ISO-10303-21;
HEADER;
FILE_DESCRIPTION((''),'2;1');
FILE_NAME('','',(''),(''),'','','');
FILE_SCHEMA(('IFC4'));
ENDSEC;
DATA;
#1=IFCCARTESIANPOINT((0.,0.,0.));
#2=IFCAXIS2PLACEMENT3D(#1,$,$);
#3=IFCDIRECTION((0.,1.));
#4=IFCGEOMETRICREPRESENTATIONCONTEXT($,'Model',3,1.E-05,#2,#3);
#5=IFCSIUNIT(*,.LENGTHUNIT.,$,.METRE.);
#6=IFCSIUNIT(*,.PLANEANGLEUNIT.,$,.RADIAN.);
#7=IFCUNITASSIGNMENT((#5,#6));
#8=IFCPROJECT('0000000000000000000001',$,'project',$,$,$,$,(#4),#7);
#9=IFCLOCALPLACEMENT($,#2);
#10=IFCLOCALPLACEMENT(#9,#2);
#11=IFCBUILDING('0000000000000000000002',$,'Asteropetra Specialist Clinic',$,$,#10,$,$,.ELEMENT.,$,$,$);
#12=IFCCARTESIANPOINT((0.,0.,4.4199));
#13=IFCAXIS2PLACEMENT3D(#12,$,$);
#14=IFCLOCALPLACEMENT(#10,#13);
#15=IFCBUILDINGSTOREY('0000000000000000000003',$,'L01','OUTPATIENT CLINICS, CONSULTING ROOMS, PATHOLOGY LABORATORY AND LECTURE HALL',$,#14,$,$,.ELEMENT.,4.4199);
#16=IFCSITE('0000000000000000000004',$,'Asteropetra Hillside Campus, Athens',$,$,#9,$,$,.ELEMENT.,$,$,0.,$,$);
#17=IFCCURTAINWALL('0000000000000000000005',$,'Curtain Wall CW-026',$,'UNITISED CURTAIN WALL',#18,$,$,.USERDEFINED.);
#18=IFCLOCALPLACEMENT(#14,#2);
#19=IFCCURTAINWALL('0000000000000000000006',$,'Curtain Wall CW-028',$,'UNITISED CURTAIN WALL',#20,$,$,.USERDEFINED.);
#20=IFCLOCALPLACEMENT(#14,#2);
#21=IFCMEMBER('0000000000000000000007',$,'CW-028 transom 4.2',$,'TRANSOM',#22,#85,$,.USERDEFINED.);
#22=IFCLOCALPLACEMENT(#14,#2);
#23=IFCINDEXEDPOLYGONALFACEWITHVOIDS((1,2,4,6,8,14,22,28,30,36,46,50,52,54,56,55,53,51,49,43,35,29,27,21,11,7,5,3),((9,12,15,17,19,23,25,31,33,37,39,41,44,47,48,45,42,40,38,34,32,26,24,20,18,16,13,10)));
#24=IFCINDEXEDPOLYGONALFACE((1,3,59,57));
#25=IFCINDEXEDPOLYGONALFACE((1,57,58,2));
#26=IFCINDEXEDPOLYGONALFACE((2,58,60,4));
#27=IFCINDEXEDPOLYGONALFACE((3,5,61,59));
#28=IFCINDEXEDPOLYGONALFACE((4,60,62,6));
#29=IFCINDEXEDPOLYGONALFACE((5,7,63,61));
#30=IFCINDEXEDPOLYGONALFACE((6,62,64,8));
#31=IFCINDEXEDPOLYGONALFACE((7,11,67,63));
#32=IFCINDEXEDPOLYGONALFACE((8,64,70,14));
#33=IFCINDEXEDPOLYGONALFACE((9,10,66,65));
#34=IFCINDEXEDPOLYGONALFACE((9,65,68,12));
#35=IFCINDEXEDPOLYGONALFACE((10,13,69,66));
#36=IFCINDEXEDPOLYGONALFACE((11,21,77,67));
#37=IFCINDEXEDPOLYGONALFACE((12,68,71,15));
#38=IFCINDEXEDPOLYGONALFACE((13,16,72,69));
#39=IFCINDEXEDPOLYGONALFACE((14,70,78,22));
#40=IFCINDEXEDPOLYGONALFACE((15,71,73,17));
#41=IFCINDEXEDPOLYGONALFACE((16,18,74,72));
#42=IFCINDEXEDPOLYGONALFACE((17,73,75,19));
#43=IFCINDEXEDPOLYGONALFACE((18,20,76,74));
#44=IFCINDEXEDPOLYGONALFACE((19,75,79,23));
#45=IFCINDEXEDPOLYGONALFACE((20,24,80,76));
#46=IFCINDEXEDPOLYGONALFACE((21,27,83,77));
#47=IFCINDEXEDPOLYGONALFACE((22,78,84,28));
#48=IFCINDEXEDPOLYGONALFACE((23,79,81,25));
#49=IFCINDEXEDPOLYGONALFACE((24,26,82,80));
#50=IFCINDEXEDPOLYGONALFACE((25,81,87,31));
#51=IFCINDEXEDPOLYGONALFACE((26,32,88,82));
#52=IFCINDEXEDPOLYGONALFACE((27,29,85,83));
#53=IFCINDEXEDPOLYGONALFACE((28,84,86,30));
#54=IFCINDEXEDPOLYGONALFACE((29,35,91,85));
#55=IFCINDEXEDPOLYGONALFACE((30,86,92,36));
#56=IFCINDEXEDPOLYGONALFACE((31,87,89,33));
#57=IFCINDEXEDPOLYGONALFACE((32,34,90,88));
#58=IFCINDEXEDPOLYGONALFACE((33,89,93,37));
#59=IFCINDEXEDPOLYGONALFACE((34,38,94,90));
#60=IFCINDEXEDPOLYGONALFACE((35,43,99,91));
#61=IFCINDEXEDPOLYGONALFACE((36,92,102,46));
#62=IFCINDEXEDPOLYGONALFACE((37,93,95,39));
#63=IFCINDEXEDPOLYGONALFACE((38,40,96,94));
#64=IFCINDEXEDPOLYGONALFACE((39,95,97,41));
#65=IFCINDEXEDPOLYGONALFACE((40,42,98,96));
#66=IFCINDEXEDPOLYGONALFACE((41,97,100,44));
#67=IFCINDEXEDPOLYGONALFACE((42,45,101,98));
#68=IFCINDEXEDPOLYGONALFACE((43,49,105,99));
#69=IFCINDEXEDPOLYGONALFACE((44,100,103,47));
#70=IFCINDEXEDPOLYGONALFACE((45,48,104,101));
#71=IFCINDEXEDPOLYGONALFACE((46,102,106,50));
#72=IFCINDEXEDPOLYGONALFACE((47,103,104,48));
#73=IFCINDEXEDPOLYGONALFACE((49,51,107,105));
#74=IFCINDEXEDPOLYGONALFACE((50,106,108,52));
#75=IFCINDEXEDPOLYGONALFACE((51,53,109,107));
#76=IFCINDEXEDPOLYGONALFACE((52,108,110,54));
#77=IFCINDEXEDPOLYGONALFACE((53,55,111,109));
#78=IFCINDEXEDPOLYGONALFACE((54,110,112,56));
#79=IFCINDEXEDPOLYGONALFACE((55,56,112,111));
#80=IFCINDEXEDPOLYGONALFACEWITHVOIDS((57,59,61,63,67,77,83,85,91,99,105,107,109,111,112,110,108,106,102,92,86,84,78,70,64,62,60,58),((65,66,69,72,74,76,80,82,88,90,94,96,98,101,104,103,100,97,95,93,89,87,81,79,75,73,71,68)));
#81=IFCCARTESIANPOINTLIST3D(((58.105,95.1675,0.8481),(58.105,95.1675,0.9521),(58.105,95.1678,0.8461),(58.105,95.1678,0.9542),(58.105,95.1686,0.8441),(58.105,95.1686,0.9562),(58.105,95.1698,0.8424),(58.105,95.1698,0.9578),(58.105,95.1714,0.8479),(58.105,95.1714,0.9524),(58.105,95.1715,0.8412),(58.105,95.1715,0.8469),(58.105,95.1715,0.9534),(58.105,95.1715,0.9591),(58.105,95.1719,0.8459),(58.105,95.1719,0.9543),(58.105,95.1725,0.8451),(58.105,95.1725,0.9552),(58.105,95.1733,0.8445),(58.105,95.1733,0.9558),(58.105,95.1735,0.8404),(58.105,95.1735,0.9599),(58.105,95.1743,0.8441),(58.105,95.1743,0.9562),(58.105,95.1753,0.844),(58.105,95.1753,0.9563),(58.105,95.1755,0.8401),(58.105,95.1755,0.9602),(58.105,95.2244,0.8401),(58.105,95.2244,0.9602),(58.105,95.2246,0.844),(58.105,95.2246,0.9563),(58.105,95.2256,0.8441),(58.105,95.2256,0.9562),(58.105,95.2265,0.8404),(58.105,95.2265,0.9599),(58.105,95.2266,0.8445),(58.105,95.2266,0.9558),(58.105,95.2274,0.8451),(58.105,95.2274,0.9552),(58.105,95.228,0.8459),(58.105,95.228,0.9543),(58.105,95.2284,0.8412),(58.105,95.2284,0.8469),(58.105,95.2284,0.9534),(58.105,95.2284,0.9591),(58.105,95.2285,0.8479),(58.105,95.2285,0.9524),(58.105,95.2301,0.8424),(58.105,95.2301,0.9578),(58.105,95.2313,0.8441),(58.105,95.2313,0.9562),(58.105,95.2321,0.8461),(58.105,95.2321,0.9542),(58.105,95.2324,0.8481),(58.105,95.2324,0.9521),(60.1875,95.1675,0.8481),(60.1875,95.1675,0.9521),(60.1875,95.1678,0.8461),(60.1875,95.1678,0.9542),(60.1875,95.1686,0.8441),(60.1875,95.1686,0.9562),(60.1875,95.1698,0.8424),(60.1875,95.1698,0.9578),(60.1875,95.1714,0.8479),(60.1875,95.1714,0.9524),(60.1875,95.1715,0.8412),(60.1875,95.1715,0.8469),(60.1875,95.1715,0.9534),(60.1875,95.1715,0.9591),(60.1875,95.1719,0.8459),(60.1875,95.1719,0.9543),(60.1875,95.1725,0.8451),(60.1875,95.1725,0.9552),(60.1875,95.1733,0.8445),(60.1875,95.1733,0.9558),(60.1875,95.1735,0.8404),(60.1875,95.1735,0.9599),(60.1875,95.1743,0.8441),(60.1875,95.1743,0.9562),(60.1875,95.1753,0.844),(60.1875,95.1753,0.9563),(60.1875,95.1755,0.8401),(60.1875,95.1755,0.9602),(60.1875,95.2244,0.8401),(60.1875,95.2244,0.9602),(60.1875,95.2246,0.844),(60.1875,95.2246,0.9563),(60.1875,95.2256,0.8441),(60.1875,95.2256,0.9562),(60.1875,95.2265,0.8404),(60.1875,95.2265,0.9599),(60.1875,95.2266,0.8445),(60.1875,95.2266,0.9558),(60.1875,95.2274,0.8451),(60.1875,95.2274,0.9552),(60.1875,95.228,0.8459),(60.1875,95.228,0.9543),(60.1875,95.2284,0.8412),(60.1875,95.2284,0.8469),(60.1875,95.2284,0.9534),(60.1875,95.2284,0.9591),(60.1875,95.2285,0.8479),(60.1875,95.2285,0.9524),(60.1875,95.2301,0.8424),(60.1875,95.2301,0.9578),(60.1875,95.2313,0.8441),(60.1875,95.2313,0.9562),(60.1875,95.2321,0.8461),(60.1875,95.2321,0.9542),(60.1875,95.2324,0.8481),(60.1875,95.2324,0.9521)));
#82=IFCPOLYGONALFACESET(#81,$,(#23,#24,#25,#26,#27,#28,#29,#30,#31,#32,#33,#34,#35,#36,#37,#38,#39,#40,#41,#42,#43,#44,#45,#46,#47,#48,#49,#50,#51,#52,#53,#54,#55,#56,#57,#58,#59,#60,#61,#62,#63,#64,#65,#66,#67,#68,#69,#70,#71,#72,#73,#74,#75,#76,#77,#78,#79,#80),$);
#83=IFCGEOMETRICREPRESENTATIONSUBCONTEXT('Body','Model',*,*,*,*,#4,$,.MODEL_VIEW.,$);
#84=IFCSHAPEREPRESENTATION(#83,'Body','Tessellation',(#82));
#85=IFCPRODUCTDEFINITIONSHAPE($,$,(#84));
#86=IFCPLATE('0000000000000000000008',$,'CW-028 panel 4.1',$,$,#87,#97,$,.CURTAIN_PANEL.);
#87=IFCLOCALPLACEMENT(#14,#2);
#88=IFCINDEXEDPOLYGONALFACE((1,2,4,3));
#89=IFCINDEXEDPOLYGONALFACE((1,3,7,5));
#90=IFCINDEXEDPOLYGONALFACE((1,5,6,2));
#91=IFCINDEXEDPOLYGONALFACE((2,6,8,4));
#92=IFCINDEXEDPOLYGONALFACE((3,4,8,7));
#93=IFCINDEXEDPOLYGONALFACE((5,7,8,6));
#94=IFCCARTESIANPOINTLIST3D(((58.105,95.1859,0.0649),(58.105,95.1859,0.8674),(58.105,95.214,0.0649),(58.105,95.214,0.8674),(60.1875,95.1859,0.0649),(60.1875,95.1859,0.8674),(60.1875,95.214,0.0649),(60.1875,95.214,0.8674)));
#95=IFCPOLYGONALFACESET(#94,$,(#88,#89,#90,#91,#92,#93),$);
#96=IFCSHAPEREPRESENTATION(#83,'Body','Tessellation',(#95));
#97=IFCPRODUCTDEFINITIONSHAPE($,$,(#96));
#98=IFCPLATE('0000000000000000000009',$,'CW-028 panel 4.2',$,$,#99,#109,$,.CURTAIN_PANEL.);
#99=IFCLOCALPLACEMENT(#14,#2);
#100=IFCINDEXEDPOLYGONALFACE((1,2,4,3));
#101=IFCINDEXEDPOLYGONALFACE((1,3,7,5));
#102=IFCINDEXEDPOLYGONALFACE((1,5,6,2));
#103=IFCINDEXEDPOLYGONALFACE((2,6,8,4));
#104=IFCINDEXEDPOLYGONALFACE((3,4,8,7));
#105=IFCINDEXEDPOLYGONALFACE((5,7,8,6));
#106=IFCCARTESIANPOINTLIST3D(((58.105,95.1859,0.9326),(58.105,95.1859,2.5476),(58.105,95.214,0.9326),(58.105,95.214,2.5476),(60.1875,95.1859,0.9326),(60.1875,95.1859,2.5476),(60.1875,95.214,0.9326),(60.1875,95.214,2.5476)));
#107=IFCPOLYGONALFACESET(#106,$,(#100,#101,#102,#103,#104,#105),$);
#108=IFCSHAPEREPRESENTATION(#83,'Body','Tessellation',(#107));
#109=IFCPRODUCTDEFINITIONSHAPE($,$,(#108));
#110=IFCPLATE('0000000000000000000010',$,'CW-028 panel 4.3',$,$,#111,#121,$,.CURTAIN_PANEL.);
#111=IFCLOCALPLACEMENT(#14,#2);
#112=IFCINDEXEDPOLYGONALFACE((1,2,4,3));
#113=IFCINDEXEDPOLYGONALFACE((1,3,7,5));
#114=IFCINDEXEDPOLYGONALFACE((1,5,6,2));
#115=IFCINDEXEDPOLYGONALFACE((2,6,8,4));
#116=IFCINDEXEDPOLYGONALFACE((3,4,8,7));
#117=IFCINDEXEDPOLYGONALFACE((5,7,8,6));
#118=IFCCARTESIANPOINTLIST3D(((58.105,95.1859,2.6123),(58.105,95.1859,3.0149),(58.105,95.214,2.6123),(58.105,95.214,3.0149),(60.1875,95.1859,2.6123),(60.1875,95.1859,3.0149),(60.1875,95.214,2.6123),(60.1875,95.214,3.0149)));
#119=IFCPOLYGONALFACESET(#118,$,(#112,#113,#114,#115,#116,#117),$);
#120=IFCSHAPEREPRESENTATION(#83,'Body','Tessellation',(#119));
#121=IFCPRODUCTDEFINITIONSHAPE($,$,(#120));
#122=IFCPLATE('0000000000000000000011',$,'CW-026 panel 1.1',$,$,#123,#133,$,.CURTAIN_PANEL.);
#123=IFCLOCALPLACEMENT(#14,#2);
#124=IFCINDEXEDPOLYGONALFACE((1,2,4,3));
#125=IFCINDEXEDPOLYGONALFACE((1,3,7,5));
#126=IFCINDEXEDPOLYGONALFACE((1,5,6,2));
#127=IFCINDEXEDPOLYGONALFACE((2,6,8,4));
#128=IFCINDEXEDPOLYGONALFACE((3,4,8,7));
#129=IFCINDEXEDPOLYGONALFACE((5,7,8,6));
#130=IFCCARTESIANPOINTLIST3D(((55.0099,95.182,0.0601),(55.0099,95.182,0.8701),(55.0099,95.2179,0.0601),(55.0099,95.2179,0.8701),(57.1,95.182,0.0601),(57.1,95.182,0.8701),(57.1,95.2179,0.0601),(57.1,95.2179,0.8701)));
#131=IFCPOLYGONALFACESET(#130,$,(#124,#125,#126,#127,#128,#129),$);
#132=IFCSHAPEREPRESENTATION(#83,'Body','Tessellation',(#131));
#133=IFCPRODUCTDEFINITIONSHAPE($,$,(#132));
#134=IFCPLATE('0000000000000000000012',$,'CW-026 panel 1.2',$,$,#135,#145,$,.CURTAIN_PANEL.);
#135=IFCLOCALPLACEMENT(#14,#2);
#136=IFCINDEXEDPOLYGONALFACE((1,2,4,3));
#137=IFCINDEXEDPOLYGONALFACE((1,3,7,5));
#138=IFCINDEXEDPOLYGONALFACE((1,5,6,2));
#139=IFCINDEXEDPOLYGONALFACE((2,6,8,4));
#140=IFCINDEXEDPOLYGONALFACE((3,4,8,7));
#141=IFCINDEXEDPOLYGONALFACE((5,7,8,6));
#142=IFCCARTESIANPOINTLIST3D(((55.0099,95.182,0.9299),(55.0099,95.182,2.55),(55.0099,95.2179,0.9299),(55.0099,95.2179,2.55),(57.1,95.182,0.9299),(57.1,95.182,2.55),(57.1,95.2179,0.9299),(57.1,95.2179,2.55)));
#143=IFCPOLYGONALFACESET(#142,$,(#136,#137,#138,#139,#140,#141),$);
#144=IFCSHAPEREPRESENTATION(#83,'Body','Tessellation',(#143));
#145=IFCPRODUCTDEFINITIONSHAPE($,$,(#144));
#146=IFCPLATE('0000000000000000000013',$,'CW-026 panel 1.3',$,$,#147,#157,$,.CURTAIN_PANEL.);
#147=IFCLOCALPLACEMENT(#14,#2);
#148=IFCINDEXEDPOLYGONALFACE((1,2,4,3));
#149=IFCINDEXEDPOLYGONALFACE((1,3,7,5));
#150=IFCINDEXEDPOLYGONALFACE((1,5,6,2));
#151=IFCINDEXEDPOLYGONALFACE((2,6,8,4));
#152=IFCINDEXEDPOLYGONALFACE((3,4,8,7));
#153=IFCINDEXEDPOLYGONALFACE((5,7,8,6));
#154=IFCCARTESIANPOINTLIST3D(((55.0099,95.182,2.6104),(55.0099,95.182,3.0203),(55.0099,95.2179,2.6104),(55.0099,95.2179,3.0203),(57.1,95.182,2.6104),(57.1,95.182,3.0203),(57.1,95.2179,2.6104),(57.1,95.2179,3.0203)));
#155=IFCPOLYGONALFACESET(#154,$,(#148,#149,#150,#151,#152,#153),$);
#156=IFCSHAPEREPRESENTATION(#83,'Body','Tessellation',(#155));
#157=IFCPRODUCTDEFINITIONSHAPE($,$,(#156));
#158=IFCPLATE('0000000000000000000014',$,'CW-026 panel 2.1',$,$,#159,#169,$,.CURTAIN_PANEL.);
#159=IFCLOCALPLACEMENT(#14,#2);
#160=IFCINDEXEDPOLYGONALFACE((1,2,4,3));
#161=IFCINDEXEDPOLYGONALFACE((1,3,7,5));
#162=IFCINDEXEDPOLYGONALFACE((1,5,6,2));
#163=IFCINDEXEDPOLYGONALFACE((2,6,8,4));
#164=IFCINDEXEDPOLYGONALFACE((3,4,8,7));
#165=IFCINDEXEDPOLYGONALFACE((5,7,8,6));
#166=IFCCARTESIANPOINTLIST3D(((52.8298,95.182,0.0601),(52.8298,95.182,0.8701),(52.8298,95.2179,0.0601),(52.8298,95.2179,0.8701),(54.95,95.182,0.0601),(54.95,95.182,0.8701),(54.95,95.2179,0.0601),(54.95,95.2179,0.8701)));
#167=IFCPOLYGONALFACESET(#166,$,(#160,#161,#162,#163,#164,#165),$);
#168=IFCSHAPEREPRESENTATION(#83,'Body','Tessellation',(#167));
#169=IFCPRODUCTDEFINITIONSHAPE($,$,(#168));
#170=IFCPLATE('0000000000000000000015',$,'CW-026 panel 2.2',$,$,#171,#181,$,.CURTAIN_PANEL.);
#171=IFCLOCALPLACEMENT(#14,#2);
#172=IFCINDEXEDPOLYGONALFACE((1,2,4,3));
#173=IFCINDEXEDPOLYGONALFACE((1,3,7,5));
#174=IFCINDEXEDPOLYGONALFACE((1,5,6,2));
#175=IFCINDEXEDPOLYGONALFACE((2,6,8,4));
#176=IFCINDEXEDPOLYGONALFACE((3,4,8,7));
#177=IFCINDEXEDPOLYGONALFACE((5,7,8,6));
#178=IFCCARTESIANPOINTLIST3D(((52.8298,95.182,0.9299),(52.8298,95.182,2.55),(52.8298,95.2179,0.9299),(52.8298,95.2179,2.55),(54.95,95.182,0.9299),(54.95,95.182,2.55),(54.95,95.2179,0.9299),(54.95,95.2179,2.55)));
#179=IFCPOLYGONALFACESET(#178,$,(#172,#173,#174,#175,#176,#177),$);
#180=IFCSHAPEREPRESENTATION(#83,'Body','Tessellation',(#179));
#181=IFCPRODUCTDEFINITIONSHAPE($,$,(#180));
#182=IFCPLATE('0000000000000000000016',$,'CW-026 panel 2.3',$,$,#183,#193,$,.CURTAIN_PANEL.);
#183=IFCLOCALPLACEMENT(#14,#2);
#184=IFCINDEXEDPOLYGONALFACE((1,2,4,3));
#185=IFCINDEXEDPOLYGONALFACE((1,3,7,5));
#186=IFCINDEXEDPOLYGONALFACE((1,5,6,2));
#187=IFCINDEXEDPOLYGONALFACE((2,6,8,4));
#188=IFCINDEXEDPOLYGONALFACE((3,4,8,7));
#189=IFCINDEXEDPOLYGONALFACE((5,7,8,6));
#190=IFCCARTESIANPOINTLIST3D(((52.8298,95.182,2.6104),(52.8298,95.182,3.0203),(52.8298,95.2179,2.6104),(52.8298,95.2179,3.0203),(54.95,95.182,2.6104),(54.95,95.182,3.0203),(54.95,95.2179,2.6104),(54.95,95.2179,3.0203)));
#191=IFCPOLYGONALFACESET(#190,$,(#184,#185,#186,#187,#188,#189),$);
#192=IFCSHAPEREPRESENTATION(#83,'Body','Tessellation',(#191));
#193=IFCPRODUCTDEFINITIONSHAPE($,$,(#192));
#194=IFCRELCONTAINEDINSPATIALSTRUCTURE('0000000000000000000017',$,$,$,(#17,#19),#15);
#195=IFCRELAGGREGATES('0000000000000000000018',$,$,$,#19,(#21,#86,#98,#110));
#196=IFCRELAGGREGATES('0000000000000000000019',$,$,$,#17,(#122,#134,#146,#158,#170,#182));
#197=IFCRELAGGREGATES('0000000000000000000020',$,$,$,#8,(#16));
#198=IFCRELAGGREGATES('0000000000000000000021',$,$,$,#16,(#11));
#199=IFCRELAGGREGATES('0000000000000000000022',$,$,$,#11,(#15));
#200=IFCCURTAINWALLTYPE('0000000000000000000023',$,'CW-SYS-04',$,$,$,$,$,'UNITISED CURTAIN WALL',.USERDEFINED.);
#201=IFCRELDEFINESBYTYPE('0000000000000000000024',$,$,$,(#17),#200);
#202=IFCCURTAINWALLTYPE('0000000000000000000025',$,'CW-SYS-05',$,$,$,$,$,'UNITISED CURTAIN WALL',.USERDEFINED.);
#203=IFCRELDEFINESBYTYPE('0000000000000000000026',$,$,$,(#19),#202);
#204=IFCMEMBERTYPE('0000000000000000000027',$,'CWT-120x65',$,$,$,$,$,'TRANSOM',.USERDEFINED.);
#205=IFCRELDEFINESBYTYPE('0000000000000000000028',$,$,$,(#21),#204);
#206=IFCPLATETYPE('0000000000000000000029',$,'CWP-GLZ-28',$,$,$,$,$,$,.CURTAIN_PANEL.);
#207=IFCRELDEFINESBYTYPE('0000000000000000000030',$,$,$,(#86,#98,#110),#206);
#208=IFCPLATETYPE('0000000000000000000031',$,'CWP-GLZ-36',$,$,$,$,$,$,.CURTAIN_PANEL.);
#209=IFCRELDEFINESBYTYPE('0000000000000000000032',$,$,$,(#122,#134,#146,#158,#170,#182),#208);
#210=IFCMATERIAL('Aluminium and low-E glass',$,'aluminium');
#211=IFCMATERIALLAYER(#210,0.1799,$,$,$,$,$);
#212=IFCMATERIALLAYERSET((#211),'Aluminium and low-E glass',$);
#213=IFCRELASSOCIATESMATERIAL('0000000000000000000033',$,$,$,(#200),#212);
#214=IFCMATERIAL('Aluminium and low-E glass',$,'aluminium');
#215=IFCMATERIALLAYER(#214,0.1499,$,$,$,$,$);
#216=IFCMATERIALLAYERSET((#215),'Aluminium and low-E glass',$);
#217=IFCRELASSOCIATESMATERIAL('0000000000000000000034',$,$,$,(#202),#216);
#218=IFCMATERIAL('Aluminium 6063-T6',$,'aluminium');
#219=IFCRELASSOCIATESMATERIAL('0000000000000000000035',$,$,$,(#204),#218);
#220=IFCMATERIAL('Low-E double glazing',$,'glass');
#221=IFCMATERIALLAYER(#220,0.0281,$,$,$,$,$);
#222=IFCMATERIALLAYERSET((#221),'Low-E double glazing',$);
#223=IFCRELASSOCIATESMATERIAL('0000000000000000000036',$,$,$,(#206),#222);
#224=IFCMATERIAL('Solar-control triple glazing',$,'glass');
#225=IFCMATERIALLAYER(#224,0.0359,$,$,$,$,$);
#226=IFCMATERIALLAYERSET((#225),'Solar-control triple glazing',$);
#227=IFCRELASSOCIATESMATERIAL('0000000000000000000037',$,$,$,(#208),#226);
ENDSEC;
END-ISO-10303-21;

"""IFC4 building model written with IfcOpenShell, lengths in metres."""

from ifc_helpers import new_model, si_unit, direction, frame, origin, origin_2d, place, context, subcontext, project, spatial, rectangle, hollow_rectangle, extrude, material, layer, layer_set, material_profile, profile_set, type_object, element, aggregate, save


model = new_model("IFC4")

# Units and contexts
model_context = context("Model", 3, precision=1e-05, world=origin(), true_north=direction((0.0, 1.0)))
body_context = subcontext(model_context, "Body", "Model", "MODEL_VIEW")
ifc_project = project(units=[si_unit("LENGTHUNIT", "METRE"), si_unit("PLANEANGLEUNIT", "RADIAN")], contexts=[model_context])

# Site, building, storey
site_placement = place(None, origin())
site = spatial("IfcSite", under=ifc_project, at=site_placement, Name="Asteropetra Hillside Campus, Athens", CompositionType="ELEMENT", RefElevation=0.0)
building_placement = place(site_placement, origin())
building = spatial("IfcBuilding", under=site, at=building_placement, Name="Asteropetra Specialist Clinic", CompositionType="ELEMENT")
storey_placement = place(building_placement, frame((0.0, 0.0, 4.4199)))
storey = spatial("IfcBuildingStorey", under=building, at=storey_placement, Name="L01", Description="OUTPATIENT CLINICS, CONSULTING ROOMS, PATHOLOGY LABORATORY AND LECTURE HALL", CompositionType="ELEMENT", Elevation=4.4199)

# Curtain wall
ifc_material_1 = material(Name="Aluminium and low-E glass", Category="aluminium")
ifc_layer_1 = layer(ifc_material_1, 0.1799)
ifc_layer_set_1 = layer_set([ifc_layer_1], Name="Aluminium and low-E glass")
curtain_wall_type_1 = type_object("IfcCurtainWallType", Name="CW-SYS-04", ElementType="UNITISED CURTAIN WALL", PredefinedType="USERDEFINED", material=ifc_layer_set_1)
curtain_wall_1_placement = place(storey_placement, origin())
curtain_wall_1 = element("IfcCurtainWall", 1, at=curtain_wall_1_placement, inside=storey, type_object=curtain_wall_type_1, Name="Curtain Wall CW-026", ObjectType="UNITISED CURTAIN WALL", PredefinedType="USERDEFINED")

# Curtain wall
ifc_material_2 = material(Name="Aluminium and low-E glass", Category="aluminium")
ifc_layer_2 = layer(ifc_material_2, 0.1499)
ifc_layer_set_2 = layer_set([ifc_layer_2], Name="Aluminium and low-E glass")
curtain_wall_type_2 = type_object("IfcCurtainWallType", Name="CW-SYS-05", ElementType="UNITISED CURTAIN WALL", PredefinedType="USERDEFINED", material=ifc_layer_set_2)
curtain_wall_2_placement = place(storey_placement, origin())
curtain_wall_2 = element("IfcCurtainWall", 2, at=curtain_wall_2_placement, inside=storey, type_object=curtain_wall_type_2, Name="Curtain Wall CW-028", ObjectType="UNITISED CURTAIN WALL", PredefinedType="USERDEFINED")

# Member
ifc_material_3 = material(Name="Aluminium 6063-T6", Category="aluminium")
ifc_material_profile_1 = material_profile(ifc_material_3, hollow_rectangle(XDim=0.0649, YDim=0.1201, WallThickness=0.0039, InnerFilletRadius=0.0039, OuterFilletRadius=0.0081, at=origin_2d()), Name="TRN 120x65x4.0")
ifc_profile_set_1 = profile_set([ifc_material_profile_1], Name="Aluminium 6063-T6")
member_type_1 = type_object("IfcMemberType", Name="CWT-120x65", ElementType="TRANSOM", PredefinedType="USERDEFINED", material=ifc_profile_set_1)
member_1_placement = place(storey_placement, frame((60.1875, 95.2, 0.9001), z_axis=(-1.0, 0.0, 0.0), x_axis=(0.0, -1.0, 0.0)))
member_1 = element("IfcMember", 3, at=member_1_placement, type_object=member_type_1, Name="CW-028 transom 4.2", ObjectType="TRANSOM", PredefinedType="USERDEFINED", context=body_context, shape_type="SweptSolid", body=[
    extrude(hollow_rectangle(XDim=0.0649, YDim=0.1201, WallThickness=0.0039, InnerFilletRadius=0.0039, OuterFilletRadius=0.0081, at=origin_2d()), origin(), (0.0, 0.0, 1.0), 2.0825),
])

# Plates
ifc_material_4 = material(Name="Low-E double glazing", Category="glass")
ifc_layer_3 = layer(ifc_material_4, 0.0281)
ifc_layer_set_3 = layer_set([ifc_layer_3], Name="Low-E double glazing")
plate_type_1 = type_object("IfcPlateType", Name="CWP-GLZ-28", PredefinedType="CURTAIN_PANEL", material=ifc_layer_set_3)
plate_1_placement = place(storey_placement, frame((59.1462, 95.2, 0.0649), z_axis=(0.0, 0.0, 1.0), x_axis=(-1.0, 0.0, 0.0)))
plate_1 = element("IfcPlate", 4, at=plate_1_placement, type_object=plate_type_1, Name="CW-028 panel 4.1", PredefinedType="CURTAIN_PANEL", context=body_context, shape_type="SweptSolid", body=[
    extrude(rectangle(XDim=2.0825, YDim=0.0281, at=origin_2d()), origin(), (0.0, 0.0, 1.0), 0.8025),
])
plate_2_placement = place(storey_placement, frame((59.1462, 95.2, 0.9326), z_axis=(0.0, 0.0, 1.0), x_axis=(-1.0, 0.0, 0.0)))
plate_2 = element("IfcPlate", 5, at=plate_2_placement, type_object=plate_type_1, Name="CW-028 panel 4.2", PredefinedType="CURTAIN_PANEL", context=body_context, shape_type="SweptSolid", body=[
    extrude(rectangle(XDim=2.0825, YDim=0.0281, at=origin_2d()), origin(), (0.0, 0.0, 1.0), 1.615),
])
plate_3_placement = place(storey_placement, frame((59.1462, 95.2, 2.6123), z_axis=(0.0, 0.0, 1.0), x_axis=(-1.0, 0.0, 0.0)))
plate_3 = element("IfcPlate", 6, at=plate_3_placement, type_object=plate_type_1, Name="CW-028 panel 4.3", PredefinedType="CURTAIN_PANEL", context=body_context, shape_type="SweptSolid", body=[
    extrude(rectangle(XDim=2.0825, YDim=0.0281, at=origin_2d()), origin(), (0.0, 0.0, 1.0), 0.4026),
])
aggregate(curtain_wall_2, [member_1, plate_1, plate_2, plate_3])
ifc_material_5 = material(Name="Solar-control triple glazing", Category="glass")
ifc_layer_4 = layer(ifc_material_5, 0.0359)
ifc_layer_set_4 = layer_set([ifc_layer_4], Name="Solar-control triple glazing")
plate_type_2 = type_object("IfcPlateType", Name="CWP-GLZ-36", PredefinedType="CURTAIN_PANEL", material=ifc_layer_set_4)
plate_4_placement = place(storey_placement, frame((56.0549, 95.2, 0.0601), z_axis=(0.0, 0.0, 1.0), x_axis=(-1.0, 0.0, 0.0)))
plate_4 = element("IfcPlate", 7, at=plate_4_placement, type_object=plate_type_2, Name="CW-026 panel 1.1", PredefinedType="CURTAIN_PANEL", context=body_context, shape_type="SweptSolid", body=[
    extrude(rectangle(XDim=2.0901, YDim=0.0359, at=origin_2d()), origin(), (0.0, 0.0, 1.0), 0.8101),
])
plate_5_placement = place(storey_placement, frame((56.0549, 95.2, 0.9299), z_axis=(0.0, 0.0, 1.0), x_axis=(-1.0, 0.0, 0.0)))
plate_5 = element("IfcPlate", 8, at=plate_5_placement, type_object=plate_type_2, Name="CW-026 panel 1.2", PredefinedType="CURTAIN_PANEL", context=body_context, shape_type="SweptSolid", body=[
    extrude(rectangle(XDim=2.0901, YDim=0.0359, at=origin_2d()), origin(), (0.0, 0.0, 1.0), 1.6201),
])
plate_6_placement = place(storey_placement, frame((56.0549, 95.2, 2.6104), z_axis=(0.0, 0.0, 1.0), x_axis=(-1.0, 0.0, 0.0)))
plate_6 = element("IfcPlate", 9, at=plate_6_placement, type_object=plate_type_2, Name="CW-026 panel 1.3", PredefinedType="CURTAIN_PANEL", context=body_context, shape_type="SweptSolid", body=[
    extrude(rectangle(XDim=2.0901, YDim=0.0359, at=origin_2d()), origin(), (0.0, 0.0, 1.0), 0.4099),
])
plate_7_placement = place(storey_placement, frame((53.8899, 95.2, 0.0601), z_axis=(0.0, 0.0, 1.0), x_axis=(-1.0, 0.0, 0.0)))
plate_7 = element("IfcPlate", 10, at=plate_7_placement, type_object=plate_type_2, Name="CW-026 panel 2.1", PredefinedType="CURTAIN_PANEL", context=body_context, shape_type="SweptSolid", body=[
    extrude(rectangle(XDim=2.1201, YDim=0.0359, at=origin_2d()), origin(), (0.0, 0.0, 1.0), 0.8101),
])
plate_8_placement = place(storey_placement, frame((53.8899, 95.2, 0.9299), z_axis=(0.0, 0.0, 1.0), x_axis=(-1.0, 0.0, 0.0)))
plate_8 = element("IfcPlate", 11, at=plate_8_placement, type_object=plate_type_2, Name="CW-026 panel 2.2", PredefinedType="CURTAIN_PANEL", context=body_context, shape_type="SweptSolid", body=[
    extrude(rectangle(XDim=2.1201, YDim=0.0359, at=origin_2d()), origin(), (0.0, 0.0, 1.0), 1.6201),
])
plate_9_placement = place(storey_placement, frame((53.8899, 95.2, 2.6104), z_axis=(0.0, 0.0, 1.0), x_axis=(-1.0, 0.0, 0.0)))
plate_9 = element("IfcPlate", 12, at=plate_9_placement, type_object=plate_type_2, Name="CW-026 panel 2.3", PredefinedType="CURTAIN_PANEL", context=body_context, shape_type="SweptSolid", body=[
    extrude(rectangle(XDim=2.1201, YDim=0.0359, at=origin_2d()), origin(), (0.0, 0.0, 1.0), 0.4099),
])
aggregate(curtain_wall_1, [plate_4, plate_5, plate_6, plate_7, plate_8, plate_9])

save(model, "model.ifc")
